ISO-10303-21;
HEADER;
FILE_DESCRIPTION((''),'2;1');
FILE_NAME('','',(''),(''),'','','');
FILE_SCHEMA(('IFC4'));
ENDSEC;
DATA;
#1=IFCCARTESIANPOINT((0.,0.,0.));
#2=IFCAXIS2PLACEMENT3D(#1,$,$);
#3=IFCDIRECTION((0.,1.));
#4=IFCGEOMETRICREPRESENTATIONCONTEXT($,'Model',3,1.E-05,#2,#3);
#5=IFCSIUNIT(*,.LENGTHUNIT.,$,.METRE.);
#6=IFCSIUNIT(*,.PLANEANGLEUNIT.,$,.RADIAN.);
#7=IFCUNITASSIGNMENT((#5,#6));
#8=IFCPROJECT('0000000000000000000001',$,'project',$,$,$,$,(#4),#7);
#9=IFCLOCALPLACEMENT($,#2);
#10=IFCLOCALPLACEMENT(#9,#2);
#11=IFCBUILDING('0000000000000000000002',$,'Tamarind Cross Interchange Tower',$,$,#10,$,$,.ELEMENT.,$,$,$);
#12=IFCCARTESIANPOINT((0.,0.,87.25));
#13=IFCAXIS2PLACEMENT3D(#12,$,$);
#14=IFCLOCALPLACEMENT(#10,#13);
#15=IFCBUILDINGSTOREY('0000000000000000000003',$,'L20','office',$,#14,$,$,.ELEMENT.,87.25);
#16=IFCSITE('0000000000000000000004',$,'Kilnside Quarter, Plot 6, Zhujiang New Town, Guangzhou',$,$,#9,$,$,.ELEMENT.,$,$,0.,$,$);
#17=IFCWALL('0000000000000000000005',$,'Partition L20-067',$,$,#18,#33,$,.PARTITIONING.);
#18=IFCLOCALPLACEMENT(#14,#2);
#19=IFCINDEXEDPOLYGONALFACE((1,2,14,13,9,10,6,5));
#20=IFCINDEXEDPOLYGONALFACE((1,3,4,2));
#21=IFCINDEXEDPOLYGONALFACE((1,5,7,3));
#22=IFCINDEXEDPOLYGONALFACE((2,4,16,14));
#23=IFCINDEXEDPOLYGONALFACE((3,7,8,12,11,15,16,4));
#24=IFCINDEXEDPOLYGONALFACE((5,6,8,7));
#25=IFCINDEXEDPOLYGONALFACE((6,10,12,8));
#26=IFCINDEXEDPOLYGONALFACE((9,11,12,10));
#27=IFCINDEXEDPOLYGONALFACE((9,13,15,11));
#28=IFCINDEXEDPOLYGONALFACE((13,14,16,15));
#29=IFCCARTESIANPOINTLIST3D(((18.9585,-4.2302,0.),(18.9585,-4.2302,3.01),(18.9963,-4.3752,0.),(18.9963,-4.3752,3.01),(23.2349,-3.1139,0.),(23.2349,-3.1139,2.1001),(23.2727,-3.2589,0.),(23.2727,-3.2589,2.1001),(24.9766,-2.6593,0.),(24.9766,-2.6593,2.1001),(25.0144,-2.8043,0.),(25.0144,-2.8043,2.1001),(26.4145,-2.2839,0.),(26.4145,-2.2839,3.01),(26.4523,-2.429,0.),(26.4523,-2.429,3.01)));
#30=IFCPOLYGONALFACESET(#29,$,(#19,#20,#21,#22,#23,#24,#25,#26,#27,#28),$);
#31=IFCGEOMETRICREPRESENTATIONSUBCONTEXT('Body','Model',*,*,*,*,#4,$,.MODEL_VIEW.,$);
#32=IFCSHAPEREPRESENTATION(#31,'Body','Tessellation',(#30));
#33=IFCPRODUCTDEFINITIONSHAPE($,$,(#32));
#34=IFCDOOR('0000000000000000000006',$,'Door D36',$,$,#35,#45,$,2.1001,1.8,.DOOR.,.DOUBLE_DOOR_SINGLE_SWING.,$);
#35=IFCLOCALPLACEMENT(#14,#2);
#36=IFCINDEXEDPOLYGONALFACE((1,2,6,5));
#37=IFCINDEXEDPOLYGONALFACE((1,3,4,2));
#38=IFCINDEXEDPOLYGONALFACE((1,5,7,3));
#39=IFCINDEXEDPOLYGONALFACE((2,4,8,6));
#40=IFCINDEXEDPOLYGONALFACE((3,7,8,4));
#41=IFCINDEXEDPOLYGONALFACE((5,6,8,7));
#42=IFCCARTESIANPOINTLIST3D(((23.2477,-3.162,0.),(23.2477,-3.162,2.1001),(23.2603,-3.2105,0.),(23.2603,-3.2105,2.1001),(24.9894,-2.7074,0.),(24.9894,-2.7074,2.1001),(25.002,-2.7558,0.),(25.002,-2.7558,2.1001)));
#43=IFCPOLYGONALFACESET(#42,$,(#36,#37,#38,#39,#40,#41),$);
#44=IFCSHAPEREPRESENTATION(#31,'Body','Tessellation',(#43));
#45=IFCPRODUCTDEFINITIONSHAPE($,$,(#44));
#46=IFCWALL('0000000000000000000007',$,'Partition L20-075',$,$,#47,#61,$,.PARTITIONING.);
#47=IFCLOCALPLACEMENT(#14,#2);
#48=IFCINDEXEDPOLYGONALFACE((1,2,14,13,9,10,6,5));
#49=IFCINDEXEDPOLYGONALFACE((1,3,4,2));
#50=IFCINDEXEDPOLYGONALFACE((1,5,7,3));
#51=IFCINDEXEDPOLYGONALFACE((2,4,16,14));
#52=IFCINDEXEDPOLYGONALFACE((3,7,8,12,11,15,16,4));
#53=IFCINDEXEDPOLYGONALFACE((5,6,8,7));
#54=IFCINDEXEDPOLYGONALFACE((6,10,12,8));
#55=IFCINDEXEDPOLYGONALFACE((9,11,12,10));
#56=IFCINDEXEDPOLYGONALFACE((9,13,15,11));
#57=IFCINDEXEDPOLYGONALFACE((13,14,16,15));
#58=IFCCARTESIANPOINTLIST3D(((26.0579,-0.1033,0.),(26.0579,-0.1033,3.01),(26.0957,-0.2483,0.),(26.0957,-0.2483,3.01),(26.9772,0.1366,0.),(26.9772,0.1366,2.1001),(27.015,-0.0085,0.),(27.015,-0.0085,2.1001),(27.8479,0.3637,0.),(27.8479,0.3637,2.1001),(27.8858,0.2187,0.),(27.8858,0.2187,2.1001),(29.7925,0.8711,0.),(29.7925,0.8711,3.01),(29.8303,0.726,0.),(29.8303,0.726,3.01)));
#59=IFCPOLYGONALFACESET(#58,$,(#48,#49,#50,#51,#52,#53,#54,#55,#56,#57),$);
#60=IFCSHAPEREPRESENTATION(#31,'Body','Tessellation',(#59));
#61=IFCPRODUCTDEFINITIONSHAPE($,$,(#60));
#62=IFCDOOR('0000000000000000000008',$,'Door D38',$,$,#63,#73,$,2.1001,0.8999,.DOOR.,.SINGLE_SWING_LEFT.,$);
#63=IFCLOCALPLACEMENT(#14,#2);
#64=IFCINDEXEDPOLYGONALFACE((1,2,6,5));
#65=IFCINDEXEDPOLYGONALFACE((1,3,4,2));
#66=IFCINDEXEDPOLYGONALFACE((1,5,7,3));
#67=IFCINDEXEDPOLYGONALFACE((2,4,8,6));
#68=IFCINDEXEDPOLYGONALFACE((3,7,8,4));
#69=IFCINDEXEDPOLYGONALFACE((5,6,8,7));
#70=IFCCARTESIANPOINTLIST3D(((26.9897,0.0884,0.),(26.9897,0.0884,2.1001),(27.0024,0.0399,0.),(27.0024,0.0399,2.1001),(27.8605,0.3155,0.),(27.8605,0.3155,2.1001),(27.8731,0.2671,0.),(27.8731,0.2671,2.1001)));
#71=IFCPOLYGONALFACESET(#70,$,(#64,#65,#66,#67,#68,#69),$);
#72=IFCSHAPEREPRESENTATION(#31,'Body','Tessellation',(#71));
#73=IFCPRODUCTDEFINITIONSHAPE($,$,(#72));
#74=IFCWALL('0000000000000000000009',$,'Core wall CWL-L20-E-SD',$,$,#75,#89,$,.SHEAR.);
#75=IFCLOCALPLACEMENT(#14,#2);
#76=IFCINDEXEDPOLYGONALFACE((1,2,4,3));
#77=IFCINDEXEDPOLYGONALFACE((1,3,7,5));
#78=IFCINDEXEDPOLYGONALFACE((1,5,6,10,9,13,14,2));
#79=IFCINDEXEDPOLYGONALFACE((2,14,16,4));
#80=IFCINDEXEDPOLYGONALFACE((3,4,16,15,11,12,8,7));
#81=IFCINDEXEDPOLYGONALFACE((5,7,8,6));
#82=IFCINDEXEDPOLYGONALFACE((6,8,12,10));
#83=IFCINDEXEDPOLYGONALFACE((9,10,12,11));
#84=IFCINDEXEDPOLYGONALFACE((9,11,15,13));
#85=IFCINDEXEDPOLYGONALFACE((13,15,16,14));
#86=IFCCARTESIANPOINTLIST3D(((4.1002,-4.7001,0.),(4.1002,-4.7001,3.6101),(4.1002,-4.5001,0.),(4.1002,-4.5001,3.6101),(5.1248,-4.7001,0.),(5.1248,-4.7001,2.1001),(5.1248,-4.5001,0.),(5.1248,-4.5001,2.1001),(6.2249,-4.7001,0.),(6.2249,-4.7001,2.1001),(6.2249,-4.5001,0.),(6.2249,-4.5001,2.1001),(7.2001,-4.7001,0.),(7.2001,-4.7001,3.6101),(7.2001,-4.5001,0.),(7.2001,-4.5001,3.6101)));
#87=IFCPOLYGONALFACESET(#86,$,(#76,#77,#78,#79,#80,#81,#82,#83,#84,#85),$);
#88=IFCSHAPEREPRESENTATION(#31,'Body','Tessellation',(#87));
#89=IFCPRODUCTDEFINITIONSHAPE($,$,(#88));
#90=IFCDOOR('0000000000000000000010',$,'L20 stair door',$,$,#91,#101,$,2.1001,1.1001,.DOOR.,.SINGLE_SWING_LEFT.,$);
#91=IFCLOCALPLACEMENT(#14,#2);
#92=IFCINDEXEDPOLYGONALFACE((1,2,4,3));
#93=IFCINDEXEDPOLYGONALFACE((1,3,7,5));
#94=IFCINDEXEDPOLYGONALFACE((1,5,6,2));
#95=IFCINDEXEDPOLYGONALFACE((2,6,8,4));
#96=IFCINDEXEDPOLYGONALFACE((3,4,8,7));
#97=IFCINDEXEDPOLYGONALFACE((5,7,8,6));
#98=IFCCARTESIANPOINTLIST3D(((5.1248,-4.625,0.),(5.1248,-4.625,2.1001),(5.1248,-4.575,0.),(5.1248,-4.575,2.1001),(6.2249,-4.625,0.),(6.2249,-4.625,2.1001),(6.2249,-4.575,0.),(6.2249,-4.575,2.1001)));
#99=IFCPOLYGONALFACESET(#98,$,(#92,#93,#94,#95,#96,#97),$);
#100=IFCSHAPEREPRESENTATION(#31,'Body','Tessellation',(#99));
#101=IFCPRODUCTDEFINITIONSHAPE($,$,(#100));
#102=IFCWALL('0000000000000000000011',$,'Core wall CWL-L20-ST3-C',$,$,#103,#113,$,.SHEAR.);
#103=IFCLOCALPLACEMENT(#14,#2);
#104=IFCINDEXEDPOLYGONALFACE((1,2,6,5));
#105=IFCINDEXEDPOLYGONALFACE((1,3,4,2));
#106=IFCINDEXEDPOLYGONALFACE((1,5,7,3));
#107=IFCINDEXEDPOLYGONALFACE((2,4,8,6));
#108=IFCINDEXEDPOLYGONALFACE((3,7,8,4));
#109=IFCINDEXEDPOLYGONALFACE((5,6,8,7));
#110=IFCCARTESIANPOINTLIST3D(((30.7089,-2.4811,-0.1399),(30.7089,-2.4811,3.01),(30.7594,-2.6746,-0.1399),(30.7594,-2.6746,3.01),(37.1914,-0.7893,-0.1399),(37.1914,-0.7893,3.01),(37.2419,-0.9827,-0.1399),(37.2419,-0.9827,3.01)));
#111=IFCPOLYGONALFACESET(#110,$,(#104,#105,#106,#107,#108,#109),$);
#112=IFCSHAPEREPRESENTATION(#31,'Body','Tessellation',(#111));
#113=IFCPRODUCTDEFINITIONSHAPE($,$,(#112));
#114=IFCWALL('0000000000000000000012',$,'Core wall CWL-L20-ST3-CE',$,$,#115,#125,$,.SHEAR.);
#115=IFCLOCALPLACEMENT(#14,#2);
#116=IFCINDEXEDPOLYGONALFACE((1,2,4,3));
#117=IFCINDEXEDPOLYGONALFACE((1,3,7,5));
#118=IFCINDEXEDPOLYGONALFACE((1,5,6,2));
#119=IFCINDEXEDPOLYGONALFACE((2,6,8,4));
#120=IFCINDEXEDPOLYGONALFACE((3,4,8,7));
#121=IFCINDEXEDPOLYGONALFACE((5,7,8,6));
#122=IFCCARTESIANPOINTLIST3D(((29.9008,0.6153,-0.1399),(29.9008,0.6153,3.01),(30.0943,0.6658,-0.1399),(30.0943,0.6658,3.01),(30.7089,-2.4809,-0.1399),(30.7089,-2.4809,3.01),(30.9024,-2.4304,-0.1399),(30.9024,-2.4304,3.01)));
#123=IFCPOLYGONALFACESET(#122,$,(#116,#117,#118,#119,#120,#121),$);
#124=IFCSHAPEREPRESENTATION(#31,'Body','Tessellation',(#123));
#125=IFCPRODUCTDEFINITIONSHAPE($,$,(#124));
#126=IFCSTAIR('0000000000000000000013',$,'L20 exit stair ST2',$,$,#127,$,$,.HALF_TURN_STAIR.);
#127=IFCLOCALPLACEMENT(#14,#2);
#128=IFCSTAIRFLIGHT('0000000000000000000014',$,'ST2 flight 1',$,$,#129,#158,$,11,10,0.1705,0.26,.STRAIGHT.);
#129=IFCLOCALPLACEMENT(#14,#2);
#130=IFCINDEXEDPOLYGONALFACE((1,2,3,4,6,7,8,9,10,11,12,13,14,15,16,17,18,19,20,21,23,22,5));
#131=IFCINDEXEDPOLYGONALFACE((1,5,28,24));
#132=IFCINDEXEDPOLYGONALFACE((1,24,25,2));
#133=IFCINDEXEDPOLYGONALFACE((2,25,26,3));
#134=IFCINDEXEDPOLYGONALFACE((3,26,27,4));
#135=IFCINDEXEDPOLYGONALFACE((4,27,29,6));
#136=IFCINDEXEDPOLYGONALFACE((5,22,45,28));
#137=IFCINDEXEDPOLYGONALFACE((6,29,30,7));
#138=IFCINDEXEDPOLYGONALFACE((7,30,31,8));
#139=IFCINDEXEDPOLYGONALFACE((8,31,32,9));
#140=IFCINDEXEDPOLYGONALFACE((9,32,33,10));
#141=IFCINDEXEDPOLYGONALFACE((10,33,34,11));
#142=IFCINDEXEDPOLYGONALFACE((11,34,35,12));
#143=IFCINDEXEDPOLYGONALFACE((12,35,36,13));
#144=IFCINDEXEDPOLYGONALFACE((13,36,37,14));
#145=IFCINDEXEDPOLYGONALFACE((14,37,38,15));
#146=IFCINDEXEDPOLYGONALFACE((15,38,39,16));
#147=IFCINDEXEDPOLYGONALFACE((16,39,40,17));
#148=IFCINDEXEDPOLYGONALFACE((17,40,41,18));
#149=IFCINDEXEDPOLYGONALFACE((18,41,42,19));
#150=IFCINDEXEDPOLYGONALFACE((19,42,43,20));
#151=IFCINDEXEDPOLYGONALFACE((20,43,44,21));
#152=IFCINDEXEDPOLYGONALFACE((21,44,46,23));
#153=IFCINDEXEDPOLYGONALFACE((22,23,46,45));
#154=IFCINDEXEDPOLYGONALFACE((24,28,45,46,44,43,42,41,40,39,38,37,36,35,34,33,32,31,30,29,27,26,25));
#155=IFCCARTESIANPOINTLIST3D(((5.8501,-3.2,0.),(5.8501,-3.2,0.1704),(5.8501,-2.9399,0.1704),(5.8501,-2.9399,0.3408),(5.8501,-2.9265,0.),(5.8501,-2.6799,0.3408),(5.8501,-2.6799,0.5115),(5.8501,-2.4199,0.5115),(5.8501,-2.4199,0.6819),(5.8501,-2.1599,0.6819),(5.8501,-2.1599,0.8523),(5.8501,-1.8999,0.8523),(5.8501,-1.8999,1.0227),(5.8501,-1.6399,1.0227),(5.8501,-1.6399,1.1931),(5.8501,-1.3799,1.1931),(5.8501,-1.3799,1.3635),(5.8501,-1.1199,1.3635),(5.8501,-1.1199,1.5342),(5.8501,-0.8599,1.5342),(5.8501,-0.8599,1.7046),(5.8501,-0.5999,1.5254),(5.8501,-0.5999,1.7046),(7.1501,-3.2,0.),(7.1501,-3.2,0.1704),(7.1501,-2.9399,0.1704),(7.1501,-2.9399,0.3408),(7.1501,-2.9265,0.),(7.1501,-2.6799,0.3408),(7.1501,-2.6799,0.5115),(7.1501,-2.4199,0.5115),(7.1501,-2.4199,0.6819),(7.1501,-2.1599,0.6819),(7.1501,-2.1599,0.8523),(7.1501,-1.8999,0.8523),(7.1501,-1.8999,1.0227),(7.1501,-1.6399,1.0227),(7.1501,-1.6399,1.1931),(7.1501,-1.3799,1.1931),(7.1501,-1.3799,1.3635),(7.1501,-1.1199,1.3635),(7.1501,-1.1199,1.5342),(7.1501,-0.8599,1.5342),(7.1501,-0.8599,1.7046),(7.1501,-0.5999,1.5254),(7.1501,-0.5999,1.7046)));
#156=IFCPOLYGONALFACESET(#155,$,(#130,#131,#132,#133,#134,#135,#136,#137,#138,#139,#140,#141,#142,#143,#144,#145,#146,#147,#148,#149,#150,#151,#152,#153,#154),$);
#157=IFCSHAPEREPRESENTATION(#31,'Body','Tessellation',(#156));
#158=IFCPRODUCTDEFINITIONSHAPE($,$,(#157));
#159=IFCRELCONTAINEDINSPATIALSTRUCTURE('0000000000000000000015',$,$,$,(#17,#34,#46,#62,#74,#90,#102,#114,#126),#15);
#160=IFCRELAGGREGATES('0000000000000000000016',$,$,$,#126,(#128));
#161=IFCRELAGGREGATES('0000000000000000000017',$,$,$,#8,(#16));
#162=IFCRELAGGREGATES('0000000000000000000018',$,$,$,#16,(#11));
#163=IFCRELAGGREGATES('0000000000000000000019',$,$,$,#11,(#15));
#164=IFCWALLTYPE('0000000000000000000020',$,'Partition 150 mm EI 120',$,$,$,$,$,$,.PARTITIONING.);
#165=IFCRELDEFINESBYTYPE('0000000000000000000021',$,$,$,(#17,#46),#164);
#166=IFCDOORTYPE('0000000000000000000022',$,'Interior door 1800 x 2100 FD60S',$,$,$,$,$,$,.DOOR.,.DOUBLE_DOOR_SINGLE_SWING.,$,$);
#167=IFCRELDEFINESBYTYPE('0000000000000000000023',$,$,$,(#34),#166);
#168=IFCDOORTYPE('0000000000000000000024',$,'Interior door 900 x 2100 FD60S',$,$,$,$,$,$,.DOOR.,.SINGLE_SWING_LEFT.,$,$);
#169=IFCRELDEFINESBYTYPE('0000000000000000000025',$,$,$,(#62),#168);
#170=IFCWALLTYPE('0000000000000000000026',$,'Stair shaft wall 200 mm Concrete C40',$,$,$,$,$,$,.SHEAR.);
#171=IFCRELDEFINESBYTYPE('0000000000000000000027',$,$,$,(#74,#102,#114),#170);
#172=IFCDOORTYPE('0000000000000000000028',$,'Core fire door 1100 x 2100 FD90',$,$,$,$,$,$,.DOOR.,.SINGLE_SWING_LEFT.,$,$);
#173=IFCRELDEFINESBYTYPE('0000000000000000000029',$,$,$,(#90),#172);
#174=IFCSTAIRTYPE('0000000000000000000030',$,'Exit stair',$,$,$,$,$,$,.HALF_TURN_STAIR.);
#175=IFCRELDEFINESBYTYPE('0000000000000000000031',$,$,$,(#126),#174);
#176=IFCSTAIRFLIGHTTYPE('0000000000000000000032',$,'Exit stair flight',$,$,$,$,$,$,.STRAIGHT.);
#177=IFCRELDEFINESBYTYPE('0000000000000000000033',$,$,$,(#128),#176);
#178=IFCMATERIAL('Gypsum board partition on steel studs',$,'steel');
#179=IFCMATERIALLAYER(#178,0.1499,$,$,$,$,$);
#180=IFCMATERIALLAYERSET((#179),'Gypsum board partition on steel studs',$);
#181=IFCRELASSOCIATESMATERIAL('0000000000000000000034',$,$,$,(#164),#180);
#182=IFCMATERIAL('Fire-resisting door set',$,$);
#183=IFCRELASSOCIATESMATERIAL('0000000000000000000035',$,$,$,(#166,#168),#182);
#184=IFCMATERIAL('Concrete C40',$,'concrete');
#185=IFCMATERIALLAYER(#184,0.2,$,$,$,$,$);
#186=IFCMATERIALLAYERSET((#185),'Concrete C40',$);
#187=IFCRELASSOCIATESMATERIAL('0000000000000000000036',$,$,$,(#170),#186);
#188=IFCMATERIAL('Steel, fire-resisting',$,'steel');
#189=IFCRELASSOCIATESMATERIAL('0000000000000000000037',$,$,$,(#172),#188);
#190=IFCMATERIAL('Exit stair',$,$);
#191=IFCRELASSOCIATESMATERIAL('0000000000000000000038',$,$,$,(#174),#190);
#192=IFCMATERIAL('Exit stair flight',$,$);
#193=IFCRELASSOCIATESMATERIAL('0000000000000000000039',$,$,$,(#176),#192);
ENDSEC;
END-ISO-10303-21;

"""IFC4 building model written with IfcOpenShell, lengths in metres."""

from ifc_helpers import new_model, si_unit, direction, frame, frame_2d, origin, place, context, subcontext, project, spatial, polyline, rectangle, outline, extrude, material, layer, layer_set, type_object, element, fill, aggregate, save


model = new_model("IFC4")

# Units and contexts
model_context = context("Model", 3, precision=1e-05, world=origin(), true_north=direction((0.0, 1.0)))
body_context = subcontext(model_context, "Body", "Model", "MODEL_VIEW")
ifc_project = project(units=[si_unit("LENGTHUNIT", "METRE"), si_unit("PLANEANGLEUNIT", "RADIAN")], contexts=[model_context])

# Site, building, storey
site_placement = place(None, origin())
site = spatial("IfcSite", under=ifc_project, at=site_placement, Name="Kilnside Quarter, Plot 6, Zhujiang New Town, Guangzhou", CompositionType="ELEMENT", RefElevation=0.0)
building_placement = place(site_placement, origin())
building = spatial("IfcBuilding", under=site, at=building_placement, Name="Tamarind Cross Interchange Tower", CompositionType="ELEMENT")
storey_placement = place(building_placement, frame((0.0, 0.0, 87.25)))
storey = spatial("IfcBuildingStorey", under=building, at=storey_placement, Name="L20", Description="office", CompositionType="ELEMENT", Elevation=87.25)

# Shared definitions
ifc_material_1 = material(Name="Gypsum board partition on steel studs", Category="steel")
ifc_layer_1 = layer(ifc_material_1, 0.1499)
ifc_layer_set_1 = layer_set([ifc_layer_1], Name="Gypsum board partition on steel studs")
wall_type_1 = type_object("IfcWallType", Name="Partition 150 mm EI 120", PredefinedType="PARTITIONING", material=ifc_layer_set_1)

# Walls, openings, doors
wall_1_placement = place(storey_placement, frame((18.9773, -4.3027, 0.0), z_axis=(0.0, 0.0, 1.0), x_axis=(0.967578, 0.252572, 0.0)))
wall_1 = element("IfcWall", 1, at=wall_1_placement, inside=storey, type_object=wall_type_1, Name="Partition L20-067", PredefinedType="PARTITIONING", context=body_context, shape_type="SweptSolid", body=[
    extrude(rectangle(XDim=7.7058, YDim=0.1499, at=frame_2d((3.853, 0.0))), origin(), (0.0, 0.0, 1.0), 3.01),
])
opening_1_placement = place(wall_1_placement, frame((4.4199, 0.0, 0.0)))
opening_1 = element("IfcOpeningElement", 2, at=opening_1_placement, cuts=wall_1, PredefinedType="OPENING", context=body_context, shape_type="SweptSolid", body=[
    extrude(rectangle(XDim=1.8, YDim=2.1001, at=frame_2d((0.8999, 1.05))), frame((0.0, 0.085, 0.0), z_axis=(0.0, -1.0, 0.0), x_axis=(1.0, 0.0, 0.0)), (0.0, 0.0, 1.0), 0.1699),
])
ifc_material_2 = material(Name="Fire-resisting door set")
door_type_1 = type_object("IfcDoorType", Name="Interior door 1800 x 2100 FD60S", OperationType="DOUBLE_DOOR_SINGLE_SWING", PredefinedType="DOOR", material=ifc_material_2)
door_1_placement = place(opening_1_placement, frame((1.8, 0.0, 0.0), z_axis=(0.0, 0.0, 1.0), x_axis=(-1.0, 0.0, 0.0)))
door_1 = element("IfcDoor", 3, at=door_1_placement, inside=storey, type_object=door_type_1, Name="Door D36", OperationType="DOUBLE_DOOR_SINGLE_SWING", OverallHeight=2.1001, OverallWidth=1.8, PredefinedType="DOOR", context=body_context, shape_type="SweptSolid", body=[
    extrude(rectangle(XDim=1.8, YDim=2.1001, at=frame_2d((0.8999, 1.05))), frame((0.0, 0.0249, 0.0), z_axis=(0.0, -1.0, 0.0), x_axis=(1.0, 0.0, 0.0)), (0.0, 0.0, 1.0), 0.05),
])
fill(opening_1, door_1)
wall_2_placement = place(storey_placement, frame((26.0769, -0.1758, 0.0), z_axis=(0.0, 0.0, 1.0), x_axis=(0.96761, 0.25245, 0.0)))
wall_2 = element("IfcWall", 4, at=wall_2_placement, inside=storey, type_object=wall_type_1, Name="Partition L20-075", PredefinedType="PARTITIONING", context=body_context, shape_type="SweptSolid", body=[
    extrude(rectangle(XDim=3.8596, YDim=0.1499, at=frame_2d((1.9297, 0.0))), origin(), (0.0, 0.0, 1.0), 3.01),
])
opening_2_placement = place(wall_2_placement, frame((0.95, 0.0, 0.0)))
opening_2 = element("IfcOpeningElement", 5, at=opening_2_placement, cuts=wall_2, PredefinedType="OPENING", context=body_context, shape_type="SweptSolid", body=[
    extrude(rectangle(XDim=0.8999, YDim=2.1001, at=frame_2d((0.45, 1.05))), frame((0.0, 0.085, 0.0), z_axis=(0.0, -1.0, 0.0), x_axis=(1.0, 0.0, 0.0)), (0.0, 0.0, 1.0), 0.1699),
])
door_type_2 = type_object("IfcDoorType", Name="Interior door 900 x 2100 FD60S", OperationType="SINGLE_SWING_LEFT", PredefinedType="DOOR", material=ifc_material_2)
door_2_placement = place(opening_2_placement, frame((0.8999, 0.0, 0.0), z_axis=(0.0, 0.0, 1.0), x_axis=(-1.0, 0.0, 0.0)))
door_2 = element("IfcDoor", 6, at=door_2_placement, inside=storey, type_object=door_type_2, Name="Door D38", OperationType="SINGLE_SWING_LEFT", OverallHeight=2.1001, OverallWidth=0.8999, PredefinedType="DOOR", context=body_context, shape_type="SweptSolid", body=[
    extrude(rectangle(XDim=0.8999, YDim=2.1001, at=frame_2d((0.45, 1.05))), frame((0.0, 0.0249, 0.0), z_axis=(0.0, -1.0, 0.0), x_axis=(1.0, 0.0, 0.0)), (0.0, 0.0, 1.0), 0.05),
])
fill(opening_2, door_2)
ifc_material_3 = material(Name="Concrete C40", Category="concrete")
ifc_layer_2 = layer(ifc_material_3, 0.2)
ifc_layer_set_2 = layer_set([ifc_layer_2], Name="Concrete C40")
wall_type_2 = type_object("IfcWallType", Name="Stair shaft wall 200 mm Concrete C40", PredefinedType="SHEAR", material=ifc_layer_set_2)
wall_3_placement = place(storey_placement, frame((7.2, -4.6001, 0.0), z_axis=(0.0, 0.0, 1.0), x_axis=(-1.0, 0.0, 0.0)))
wall_3 = element("IfcWall", 7, at=wall_3_placement, inside=storey, type_object=wall_type_2, Name="Core wall CWL-L20-E-SD", PredefinedType="SHEAR", context=body_context, shape_type="SweptSolid", body=[
    extrude(rectangle(XDim=3.0999, YDim=0.2, at=frame_2d((1.5498, 0.0))), origin(), (0.0, 0.0, 1.0), 3.6101),
])
opening_3_placement = place(wall_3_placement, frame((0.9751, 0.0, 0.0)))
opening_3 = element("IfcOpeningElement", 8, at=opening_3_placement, cuts=wall_3, PredefinedType="OPENING", context=body_context, shape_type="SweptSolid", body=[
    extrude(rectangle(XDim=1.1001, YDim=2.1001, at=frame_2d((0.55, 1.05))), frame((0.0, 0.1099, 0.0), z_axis=(0.0, -1.0, 0.0), x_axis=(1.0, 0.0, 0.0)), (0.0, 0.0, 1.0), 0.22),
])
ifc_material_4 = material(Name="Steel, fire-resisting", Category="steel")
door_type_3 = type_object("IfcDoorType", Name="Core fire door 1100 x 2100 FD90", OperationType="SINGLE_SWING_LEFT", PredefinedType="DOOR", material=ifc_material_4)
door_3_placement = place(opening_3_placement, origin())
door_3 = element("IfcDoor", 9, at=door_3_placement, inside=storey, type_object=door_type_3, Name="L20 stair door", OperationType="SINGLE_SWING_LEFT", OverallHeight=2.1001, OverallWidth=1.1001, PredefinedType="DOOR", context=body_context, shape_type="SweptSolid", body=[
    extrude(rectangle(XDim=1.1001, YDim=2.1001, at=frame_2d((0.55, 1.05))), frame((0.0, 0.0249, 0.0), z_axis=(0.0, -1.0, 0.0), x_axis=(1.0, 0.0, 0.0)), (0.0, 0.0, 1.0), 0.05),
])
fill(opening_3, door_3)

# Walls
wall_4_placement = place(storey_placement, frame((30.7341, -2.5779, -0.1399), z_axis=(0.0, 0.0, 1.0), x_axis=(0.967589, 0.252529, 0.0)))
element("IfcWall", 10, at=wall_4_placement, inside=storey, type_object=wall_type_2, Name="Core wall CWL-L20-ST3-C", PredefinedType="SHEAR", context=body_context, shape_type="SweptSolid", body=[
    extrude(rectangle(XDim=6.6997, YDim=0.2, at=frame_2d((3.3499, 0.0))), origin(), (0.0, 0.0, 1.0), 3.1499),
])
wall_5_placement = place(storey_placement, frame((30.8057, -2.4558, -0.1399), z_axis=(0.0, 0.0, 1.0), x_axis=(-0.25254, 0.967586, 0.0)))
element("IfcWall", 11, at=wall_5_placement, inside=storey, type_object=wall_type_2, Name="Core wall CWL-L20-ST3-CE", PredefinedType="SHEAR", context=body_context, shape_type="SweptSolid", body=[
    extrude(rectangle(XDim=3.2, YDim=0.2, at=frame_2d((1.6001, 0.0))), origin(), (0.0, 0.0, 1.0), 3.1499),
])

# Stair, stair flight
ifc_material_5 = material(Name="Exit stair")
stair_type = type_object("IfcStairType", Name="Exit stair", PredefinedType="HALF_TURN_STAIR", material=ifc_material_5)
stair_1_placement = place(storey_placement, origin())
stair_1 = element("IfcStair", 12, at=stair_1_placement, inside=storey, type_object=stair_type, Name="L20 exit stair ST2", PredefinedType="HALF_TURN_STAIR")
ifc_material_6 = material(Name="Exit stair flight")
stair_flight_type = type_object("IfcStairFlightType", Name="Exit stair flight", PredefinedType="STRAIGHT", material=ifc_material_6)
stair_flight_1_placement = place(storey_placement, frame((6.5, -3.2, 0.0), z_axis=(0.0, 0.0, 1.0), x_axis=(0.0, 1.0, 0.0)))
stair_flight_1 = element("IfcStairFlight", 13, at=stair_flight_1_placement, type_object=stair_flight_type, Name="ST2 flight 1", NumberOfRisers=11, NumberOfTreads=10, PredefinedType="STRAIGHT", RiserHeight=0.1705, TreadLength=0.26, context=body_context, shape_type="SweptSolid", body=[
    extrude(outline(polyline([(0.0, 0.0), (0.0, 0.1704), (0.26, 0.1704), (0.26, 0.3408), (0.52, 0.3408), (0.52, 0.5115), (0.78, 0.5115), (0.78, 0.6819), (1.04, 0.6819), (1.04, 0.8523), (1.3, 0.8523), (1.3, 1.0227), (1.5601, 1.0227), (1.5601, 1.1931), (1.8201, 1.1931), (1.8201, 1.3635), (2.0801, 1.3635), (2.0801, 1.5342), (2.3401, 1.5342), (2.3401, 1.7046), (2.6001, 1.7046), (2.6001, 1.875), (2.6001, 1.5254), (0.2734, 0.0), (0.0, 0.0)])), frame((0.0, 0.6499, 0.0), z_axis=(0.0, -1.0, 0.0), x_axis=(1.0, 0.0, 0.0)), (0.0, 0.0, 1.0), 1.3),
])
aggregate(stair_1, [stair_flight_1])

save(model, "model.ifc")
